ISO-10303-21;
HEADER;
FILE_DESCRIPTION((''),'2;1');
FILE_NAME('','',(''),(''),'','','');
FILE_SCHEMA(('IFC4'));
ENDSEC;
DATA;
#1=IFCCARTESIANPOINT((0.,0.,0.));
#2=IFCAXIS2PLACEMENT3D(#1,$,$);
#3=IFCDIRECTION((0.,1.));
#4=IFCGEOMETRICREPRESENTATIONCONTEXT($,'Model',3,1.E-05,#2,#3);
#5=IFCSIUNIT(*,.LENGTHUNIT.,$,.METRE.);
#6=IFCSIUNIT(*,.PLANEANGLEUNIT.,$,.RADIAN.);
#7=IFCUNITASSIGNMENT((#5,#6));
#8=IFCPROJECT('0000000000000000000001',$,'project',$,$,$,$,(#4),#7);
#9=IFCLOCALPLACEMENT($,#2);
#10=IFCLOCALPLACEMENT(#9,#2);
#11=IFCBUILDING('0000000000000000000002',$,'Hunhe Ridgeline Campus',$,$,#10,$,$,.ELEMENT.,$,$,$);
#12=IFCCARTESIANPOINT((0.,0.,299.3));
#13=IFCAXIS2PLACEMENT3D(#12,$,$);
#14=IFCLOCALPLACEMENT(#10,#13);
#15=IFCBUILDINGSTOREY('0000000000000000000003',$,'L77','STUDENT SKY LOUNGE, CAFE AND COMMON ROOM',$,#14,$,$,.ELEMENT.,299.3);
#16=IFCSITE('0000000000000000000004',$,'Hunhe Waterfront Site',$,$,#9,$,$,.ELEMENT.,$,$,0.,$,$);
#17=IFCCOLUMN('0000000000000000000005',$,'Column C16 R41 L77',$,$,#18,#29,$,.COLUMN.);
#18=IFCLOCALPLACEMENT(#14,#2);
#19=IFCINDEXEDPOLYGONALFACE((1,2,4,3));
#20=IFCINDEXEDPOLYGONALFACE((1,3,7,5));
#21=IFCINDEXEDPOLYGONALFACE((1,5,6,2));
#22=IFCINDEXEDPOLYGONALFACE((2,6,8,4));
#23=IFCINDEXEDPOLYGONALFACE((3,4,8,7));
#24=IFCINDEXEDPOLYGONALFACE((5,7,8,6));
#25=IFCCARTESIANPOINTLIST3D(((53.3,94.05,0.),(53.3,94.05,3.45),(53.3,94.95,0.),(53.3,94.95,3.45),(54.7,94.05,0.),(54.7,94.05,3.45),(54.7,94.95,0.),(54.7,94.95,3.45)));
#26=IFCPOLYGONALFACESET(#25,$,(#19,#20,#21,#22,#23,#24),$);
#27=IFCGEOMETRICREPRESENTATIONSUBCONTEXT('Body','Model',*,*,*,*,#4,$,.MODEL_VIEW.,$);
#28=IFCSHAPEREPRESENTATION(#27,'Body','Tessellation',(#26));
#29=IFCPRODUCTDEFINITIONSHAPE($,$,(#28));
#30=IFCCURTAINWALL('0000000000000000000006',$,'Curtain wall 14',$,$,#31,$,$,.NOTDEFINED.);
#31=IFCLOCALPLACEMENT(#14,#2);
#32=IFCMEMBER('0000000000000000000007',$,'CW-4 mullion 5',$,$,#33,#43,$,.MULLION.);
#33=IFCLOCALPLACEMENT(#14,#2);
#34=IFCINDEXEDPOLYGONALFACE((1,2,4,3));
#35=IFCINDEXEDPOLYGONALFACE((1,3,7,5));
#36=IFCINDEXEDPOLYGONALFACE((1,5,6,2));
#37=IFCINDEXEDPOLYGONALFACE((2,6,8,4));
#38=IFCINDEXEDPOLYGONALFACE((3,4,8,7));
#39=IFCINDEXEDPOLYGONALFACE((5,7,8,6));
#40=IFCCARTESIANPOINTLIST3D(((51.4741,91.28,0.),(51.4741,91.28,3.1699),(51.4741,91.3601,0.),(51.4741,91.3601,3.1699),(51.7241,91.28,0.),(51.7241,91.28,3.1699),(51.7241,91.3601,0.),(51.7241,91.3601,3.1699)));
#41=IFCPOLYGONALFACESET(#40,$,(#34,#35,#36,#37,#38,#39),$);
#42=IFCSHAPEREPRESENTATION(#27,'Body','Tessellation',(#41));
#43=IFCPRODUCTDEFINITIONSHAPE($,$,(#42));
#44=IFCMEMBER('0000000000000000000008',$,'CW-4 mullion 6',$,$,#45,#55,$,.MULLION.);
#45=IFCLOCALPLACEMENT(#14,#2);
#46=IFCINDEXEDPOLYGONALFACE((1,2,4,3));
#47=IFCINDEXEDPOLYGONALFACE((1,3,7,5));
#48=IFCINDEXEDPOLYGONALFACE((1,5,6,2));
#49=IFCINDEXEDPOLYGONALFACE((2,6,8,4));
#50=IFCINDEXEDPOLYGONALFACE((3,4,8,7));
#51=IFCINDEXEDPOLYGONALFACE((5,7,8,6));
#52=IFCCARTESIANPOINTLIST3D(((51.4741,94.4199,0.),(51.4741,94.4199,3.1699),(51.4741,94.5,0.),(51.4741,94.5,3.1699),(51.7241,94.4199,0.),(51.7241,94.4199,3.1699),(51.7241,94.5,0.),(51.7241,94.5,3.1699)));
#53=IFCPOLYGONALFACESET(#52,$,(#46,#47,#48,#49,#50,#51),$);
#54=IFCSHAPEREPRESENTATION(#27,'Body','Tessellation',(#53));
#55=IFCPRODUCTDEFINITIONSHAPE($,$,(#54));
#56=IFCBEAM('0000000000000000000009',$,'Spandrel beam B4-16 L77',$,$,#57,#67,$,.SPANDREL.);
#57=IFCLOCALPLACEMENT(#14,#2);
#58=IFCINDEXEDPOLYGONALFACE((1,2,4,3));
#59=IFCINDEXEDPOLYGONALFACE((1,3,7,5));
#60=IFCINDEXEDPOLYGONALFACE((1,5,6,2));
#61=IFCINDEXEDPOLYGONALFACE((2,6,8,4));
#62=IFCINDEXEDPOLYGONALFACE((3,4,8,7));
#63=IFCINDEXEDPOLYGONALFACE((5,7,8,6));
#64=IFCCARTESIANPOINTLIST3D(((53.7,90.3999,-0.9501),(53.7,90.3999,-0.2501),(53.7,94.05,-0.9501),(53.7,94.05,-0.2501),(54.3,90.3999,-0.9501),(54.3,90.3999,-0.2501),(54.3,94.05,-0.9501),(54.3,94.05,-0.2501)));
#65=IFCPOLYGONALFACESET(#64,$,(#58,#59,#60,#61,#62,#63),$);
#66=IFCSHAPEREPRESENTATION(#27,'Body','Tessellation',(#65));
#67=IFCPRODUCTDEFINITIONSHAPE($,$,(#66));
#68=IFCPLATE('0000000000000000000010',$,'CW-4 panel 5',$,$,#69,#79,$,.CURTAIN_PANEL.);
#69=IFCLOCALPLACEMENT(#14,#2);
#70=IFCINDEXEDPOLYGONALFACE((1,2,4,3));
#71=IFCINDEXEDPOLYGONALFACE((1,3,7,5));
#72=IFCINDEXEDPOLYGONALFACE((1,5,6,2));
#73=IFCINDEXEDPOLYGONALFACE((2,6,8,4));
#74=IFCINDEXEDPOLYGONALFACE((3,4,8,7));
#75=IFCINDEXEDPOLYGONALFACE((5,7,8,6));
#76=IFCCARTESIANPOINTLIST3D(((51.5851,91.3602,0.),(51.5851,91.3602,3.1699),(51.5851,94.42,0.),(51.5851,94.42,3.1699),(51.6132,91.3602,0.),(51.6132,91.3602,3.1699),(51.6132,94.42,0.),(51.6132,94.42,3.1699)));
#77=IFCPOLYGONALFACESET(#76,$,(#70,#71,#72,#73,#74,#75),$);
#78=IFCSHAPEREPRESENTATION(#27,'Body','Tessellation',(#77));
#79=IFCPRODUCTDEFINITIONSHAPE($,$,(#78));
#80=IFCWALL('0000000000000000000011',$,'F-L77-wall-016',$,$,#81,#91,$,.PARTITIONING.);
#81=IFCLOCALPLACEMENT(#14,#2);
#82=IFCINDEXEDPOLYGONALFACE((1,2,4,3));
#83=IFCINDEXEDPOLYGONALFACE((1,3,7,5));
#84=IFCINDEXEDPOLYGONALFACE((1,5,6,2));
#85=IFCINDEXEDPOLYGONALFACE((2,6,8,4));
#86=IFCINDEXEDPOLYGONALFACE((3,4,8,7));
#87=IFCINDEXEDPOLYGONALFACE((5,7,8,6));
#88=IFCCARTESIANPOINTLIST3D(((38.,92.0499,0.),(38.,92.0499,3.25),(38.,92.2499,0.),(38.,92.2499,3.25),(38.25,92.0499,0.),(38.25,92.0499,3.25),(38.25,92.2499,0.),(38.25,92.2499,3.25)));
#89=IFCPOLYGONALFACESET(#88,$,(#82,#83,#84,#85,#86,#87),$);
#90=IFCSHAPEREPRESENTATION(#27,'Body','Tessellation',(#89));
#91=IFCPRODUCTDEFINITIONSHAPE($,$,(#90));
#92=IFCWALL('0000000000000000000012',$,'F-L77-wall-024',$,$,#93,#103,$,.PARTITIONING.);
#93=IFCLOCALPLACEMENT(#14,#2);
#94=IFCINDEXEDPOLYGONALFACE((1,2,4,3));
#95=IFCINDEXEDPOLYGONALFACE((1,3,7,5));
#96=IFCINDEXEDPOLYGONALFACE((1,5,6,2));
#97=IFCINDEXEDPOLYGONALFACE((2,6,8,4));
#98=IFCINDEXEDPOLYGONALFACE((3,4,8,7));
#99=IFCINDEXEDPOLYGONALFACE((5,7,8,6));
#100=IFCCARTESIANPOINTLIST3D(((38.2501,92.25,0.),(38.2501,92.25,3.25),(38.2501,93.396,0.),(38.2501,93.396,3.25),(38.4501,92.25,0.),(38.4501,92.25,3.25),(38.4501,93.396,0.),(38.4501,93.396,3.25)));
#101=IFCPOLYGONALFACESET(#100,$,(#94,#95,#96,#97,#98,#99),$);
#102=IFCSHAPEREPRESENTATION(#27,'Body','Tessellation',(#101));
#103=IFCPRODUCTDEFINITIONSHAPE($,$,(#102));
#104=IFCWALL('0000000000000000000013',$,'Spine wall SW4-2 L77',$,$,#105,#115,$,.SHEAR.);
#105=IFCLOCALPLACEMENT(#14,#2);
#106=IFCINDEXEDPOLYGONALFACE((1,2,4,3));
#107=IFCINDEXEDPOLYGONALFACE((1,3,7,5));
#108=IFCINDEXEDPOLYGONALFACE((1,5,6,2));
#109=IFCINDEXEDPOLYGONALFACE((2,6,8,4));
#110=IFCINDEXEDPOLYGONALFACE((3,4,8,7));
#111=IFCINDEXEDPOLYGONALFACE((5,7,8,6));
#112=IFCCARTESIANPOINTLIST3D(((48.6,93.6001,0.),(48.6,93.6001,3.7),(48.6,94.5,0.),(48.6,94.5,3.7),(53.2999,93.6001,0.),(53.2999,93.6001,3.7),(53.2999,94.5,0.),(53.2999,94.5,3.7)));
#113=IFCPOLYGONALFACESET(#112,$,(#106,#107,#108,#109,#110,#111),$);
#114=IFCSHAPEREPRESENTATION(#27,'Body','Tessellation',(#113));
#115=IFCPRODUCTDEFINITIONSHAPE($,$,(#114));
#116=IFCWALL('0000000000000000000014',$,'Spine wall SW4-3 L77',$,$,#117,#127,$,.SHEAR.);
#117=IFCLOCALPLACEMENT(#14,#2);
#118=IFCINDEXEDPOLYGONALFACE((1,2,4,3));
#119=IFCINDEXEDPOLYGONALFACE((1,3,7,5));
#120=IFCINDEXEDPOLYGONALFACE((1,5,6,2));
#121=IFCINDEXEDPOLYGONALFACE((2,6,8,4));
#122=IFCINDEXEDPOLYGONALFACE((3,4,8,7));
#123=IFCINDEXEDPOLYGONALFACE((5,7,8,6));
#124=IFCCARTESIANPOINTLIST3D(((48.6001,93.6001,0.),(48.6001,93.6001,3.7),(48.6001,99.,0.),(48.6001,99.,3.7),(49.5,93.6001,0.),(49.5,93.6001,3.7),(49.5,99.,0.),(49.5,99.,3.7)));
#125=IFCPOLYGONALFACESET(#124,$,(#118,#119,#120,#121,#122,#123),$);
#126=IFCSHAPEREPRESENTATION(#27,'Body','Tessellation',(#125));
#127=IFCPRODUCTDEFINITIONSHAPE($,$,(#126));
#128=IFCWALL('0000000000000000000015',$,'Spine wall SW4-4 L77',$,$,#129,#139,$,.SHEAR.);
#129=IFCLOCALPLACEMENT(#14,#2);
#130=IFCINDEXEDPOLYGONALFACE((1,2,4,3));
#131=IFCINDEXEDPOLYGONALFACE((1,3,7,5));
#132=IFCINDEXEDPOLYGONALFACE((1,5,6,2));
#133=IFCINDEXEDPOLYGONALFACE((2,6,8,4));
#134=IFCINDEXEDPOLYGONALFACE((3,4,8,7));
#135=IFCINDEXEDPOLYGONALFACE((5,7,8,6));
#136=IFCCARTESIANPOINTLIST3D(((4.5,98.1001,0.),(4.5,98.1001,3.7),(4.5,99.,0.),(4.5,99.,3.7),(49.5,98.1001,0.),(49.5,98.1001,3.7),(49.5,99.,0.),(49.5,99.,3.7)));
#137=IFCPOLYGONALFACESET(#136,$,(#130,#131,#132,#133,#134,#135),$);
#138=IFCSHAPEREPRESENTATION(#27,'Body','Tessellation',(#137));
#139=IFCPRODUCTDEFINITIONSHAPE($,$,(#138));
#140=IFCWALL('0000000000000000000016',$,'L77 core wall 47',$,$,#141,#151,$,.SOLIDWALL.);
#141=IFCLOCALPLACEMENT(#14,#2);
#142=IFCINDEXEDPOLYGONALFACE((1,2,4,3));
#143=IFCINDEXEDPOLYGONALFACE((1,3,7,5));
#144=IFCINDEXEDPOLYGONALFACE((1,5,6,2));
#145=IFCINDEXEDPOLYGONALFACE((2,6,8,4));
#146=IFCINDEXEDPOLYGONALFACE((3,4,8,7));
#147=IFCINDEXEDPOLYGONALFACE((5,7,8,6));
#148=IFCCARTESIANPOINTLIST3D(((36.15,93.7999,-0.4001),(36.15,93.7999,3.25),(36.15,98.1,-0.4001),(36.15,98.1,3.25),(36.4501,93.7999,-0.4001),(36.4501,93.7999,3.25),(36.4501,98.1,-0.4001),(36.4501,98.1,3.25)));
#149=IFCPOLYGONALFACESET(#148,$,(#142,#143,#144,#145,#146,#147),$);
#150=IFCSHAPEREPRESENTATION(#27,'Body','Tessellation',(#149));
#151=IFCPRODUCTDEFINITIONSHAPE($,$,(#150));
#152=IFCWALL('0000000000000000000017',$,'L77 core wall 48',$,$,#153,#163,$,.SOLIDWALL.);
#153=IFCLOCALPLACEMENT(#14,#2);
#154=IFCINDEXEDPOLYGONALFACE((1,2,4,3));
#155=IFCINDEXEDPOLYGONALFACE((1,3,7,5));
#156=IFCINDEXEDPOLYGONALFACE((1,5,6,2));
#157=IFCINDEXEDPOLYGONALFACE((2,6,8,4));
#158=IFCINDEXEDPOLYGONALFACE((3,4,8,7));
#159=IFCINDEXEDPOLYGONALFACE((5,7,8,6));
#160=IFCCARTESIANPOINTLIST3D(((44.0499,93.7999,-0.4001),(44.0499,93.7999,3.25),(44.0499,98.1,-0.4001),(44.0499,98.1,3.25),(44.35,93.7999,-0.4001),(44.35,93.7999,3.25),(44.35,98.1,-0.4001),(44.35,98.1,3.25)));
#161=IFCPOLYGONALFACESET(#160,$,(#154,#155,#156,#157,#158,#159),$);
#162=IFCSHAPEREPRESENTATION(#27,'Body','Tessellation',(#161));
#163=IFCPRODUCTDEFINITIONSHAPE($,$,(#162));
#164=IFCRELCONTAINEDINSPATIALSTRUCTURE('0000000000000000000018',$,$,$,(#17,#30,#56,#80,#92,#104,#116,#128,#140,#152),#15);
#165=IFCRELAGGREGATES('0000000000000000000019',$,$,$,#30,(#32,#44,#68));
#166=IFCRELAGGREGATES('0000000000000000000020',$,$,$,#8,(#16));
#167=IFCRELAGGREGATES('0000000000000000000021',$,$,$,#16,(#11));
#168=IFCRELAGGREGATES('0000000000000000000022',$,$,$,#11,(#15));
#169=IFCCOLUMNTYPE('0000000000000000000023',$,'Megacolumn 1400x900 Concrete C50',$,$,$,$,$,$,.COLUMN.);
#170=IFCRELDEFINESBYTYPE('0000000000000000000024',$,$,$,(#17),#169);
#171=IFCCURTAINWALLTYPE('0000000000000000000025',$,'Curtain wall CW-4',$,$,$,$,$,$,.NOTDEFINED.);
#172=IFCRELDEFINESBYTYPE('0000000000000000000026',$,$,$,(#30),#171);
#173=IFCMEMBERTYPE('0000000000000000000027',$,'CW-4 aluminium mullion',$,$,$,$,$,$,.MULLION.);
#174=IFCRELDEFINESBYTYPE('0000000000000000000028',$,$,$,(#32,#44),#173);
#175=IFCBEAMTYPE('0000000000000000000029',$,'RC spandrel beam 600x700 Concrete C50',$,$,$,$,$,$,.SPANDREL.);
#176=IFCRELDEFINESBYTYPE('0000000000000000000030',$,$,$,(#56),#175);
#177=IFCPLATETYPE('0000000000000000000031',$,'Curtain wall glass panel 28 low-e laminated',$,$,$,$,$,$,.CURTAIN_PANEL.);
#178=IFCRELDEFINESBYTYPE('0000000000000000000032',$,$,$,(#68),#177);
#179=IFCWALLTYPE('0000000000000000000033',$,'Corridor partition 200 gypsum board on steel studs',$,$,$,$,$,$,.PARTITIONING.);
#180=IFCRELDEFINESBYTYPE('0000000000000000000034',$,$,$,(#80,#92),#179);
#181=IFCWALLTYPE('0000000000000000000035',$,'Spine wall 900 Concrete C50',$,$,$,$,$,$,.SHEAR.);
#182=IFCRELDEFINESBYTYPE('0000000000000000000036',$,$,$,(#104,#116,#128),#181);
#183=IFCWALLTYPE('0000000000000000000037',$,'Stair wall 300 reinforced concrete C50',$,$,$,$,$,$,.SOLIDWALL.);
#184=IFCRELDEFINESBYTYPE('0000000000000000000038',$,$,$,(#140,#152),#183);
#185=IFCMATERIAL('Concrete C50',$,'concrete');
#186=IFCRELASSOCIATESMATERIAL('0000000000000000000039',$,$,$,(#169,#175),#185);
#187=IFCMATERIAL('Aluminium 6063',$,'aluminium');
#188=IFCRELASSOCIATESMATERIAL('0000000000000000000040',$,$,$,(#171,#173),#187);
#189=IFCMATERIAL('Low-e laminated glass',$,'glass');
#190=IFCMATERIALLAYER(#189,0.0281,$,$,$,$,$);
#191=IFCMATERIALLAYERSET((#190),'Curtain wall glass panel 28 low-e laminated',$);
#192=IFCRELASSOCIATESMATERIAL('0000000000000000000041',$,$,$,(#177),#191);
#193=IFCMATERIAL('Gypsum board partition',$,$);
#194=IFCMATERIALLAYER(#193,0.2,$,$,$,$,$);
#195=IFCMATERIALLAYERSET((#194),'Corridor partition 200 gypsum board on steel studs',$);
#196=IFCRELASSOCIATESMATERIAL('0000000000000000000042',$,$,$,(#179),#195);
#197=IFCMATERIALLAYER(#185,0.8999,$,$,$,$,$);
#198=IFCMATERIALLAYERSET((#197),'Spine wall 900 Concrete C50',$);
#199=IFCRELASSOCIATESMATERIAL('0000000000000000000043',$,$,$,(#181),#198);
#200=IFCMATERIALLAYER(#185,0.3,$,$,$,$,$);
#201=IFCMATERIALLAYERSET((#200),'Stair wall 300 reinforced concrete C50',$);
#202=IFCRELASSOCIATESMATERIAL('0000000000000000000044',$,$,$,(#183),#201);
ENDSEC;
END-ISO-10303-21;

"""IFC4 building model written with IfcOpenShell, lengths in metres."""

from ifc_helpers import new_model, si_unit, direction, frame, frame_2d, origin, origin_2d, place, context, subcontext, project, spatial, rectangle, extrude, material, layer, layer_set, material_profile, profile_set, type_object, element, aggregate, save


model = new_model("IFC4")

# Units and contexts
model_context = context("Model", 3, precision=1e-05, world=origin(), true_north=direction((0.0, 1.0)))
body_context = subcontext(model_context, "Body", "Model", "MODEL_VIEW")
ifc_project = project(units=[si_unit("LENGTHUNIT", "METRE"), si_unit("PLANEANGLEUNIT", "RADIAN")], contexts=[model_context])

# Site, building, storey
site_placement = place(None, origin())
site = spatial("IfcSite", under=ifc_project, at=site_placement, Name="Hunhe Waterfront Site", CompositionType="ELEMENT", RefElevation=0.0)
building_placement = place(site_placement, origin())
building = spatial("IfcBuilding", under=site, at=building_placement, Name="Hunhe Ridgeline Campus", CompositionType="ELEMENT")
storey_placement = place(building_placement, frame((0.0, 0.0, 299.3)))
storey = spatial("IfcBuildingStorey", under=building, at=storey_placement, Name="L77", Description="STUDENT SKY LOUNGE, CAFE AND COMMON ROOM", CompositionType="ELEMENT", Elevation=299.3)

# Column
ifc_material_1 = material(Name="Concrete C50", Category="concrete")
ifc_material_profile_1 = material_profile(ifc_material_1, rectangle(XDim=1.3999, YDim=0.8999, at=origin_2d()))
ifc_profile_set_1 = profile_set([ifc_material_profile_1], Name="Concrete C50")
column_type = type_object("IfcColumnType", Name="Megacolumn 1400x900 Concrete C50", PredefinedType="COLUMN", material=ifc_profile_set_1)
column_placement = place(storey_placement, frame((54.0, 94.5, 0.0), z_axis=(0.0, 0.0, 1.0), x_axis=(1.0, 0.0, 0.0)))
element("IfcColumn", 1, at=column_placement, inside=storey, type_object=column_type, Name="Column C16 R41 L77", PredefinedType="COLUMN", context=body_context, shape_type="SweptSolid", body=[
    extrude(rectangle(XDim=1.3999, YDim=0.8999, at=origin_2d()), origin(), (0.0, 0.0, 1.0), 3.45),
])

# Curtain wall, members
ifc_material_2 = material(Name="Aluminium 6063", Category="aluminium")
curtain_wall_type = type_object("IfcCurtainWallType", Name="Curtain wall CW-4", PredefinedType="NOTDEFINED", material=ifc_material_2)
curtain_wall_placement = place(storey_placement, origin())
curtain_wall = element("IfcCurtainWall", 2, at=curtain_wall_placement, inside=storey, type_object=curtain_wall_type, Name="Curtain wall 14", PredefinedType="NOTDEFINED")
ifc_material_profile_2 = material_profile(ifc_material_2, rectangle(XDim=0.25, YDim=0.0801, at=origin_2d()))
ifc_profile_set_2 = profile_set([ifc_material_profile_2], Name="Aluminium 6063")
member_type = type_object("IfcMemberType", Name="CW-4 aluminium mullion", PredefinedType="MULLION", material=ifc_profile_set_2)
member_1_placement = place(storey_placement, frame((51.5991, 91.3201, 0.0), z_axis=(0.0, 0.0, 1.0), x_axis=(-1.0, 0.0, 0.0)))
member_1 = element("IfcMember", 3, at=member_1_placement, type_object=member_type, Name="CW-4 mullion 5", PredefinedType="MULLION", context=body_context, shape_type="SweptSolid", body=[
    extrude(rectangle(XDim=0.25, YDim=0.0801, at=origin_2d()), origin(), (0.0, 0.0, 1.0), 3.1699),
])
member_2_placement = place(storey_placement, frame((51.5991, 94.46, 0.0), z_axis=(0.0, 0.0, 1.0), x_axis=(-1.0, 0.0, 0.0)))
member_2 = element("IfcMember", 4, at=member_2_placement, type_object=member_type, Name="CW-4 mullion 6", PredefinedType="MULLION", context=body_context, shape_type="SweptSolid", body=[
    extrude(rectangle(XDim=0.25, YDim=0.0801, at=origin_2d()), origin(), (0.0, 0.0, 1.0), 3.1699),
])

# Beam
ifc_material_profile_3 = material_profile(ifc_material_1, rectangle(XDim=0.6001, YDim=0.7, at=origin_2d()))
ifc_profile_set_3 = profile_set([ifc_material_profile_3], Name="Concrete C50")
beam_type = type_object("IfcBeamType", Name="RC spandrel beam 600x700 Concrete C50", PredefinedType="SPANDREL", material=ifc_profile_set_3)
beam_placement = place(storey_placement, frame((54.0, 90.3999, -0.6001), z_axis=(0.0, 1.0, 0.0), x_axis=(-1.0, 0.0, 0.0)))
element("IfcBeam", 5, at=beam_placement, inside=storey, type_object=beam_type, Name="Spandrel beam B4-16 L77", PredefinedType="SPANDREL", context=body_context, shape_type="SweptSolid", body=[
    extrude(rectangle(XDim=0.6001, YDim=0.7, at=origin_2d()), origin(), (0.0, 0.0, 1.0), 3.6501),
])

# Plate
ifc_material_3 = material(Name="Low-e laminated glass", Category="glass")
ifc_layer_1 = layer(ifc_material_3, 0.0281)
ifc_layer_set_1 = layer_set([ifc_layer_1], Name="Curtain wall glass panel 28 low-e laminated")
plate_type = type_object("IfcPlateType", Name="Curtain wall glass panel 28 low-e laminated", PredefinedType="CURTAIN_PANEL", material=ifc_layer_set_1)
plate_placement = place(storey_placement, frame((51.5991, 92.8901, 0.0), z_axis=(0.0, 0.0, 1.0), x_axis=(0.0, 1.0, 0.0)))
plate = element("IfcPlate", 6, at=plate_placement, type_object=plate_type, Name="CW-4 panel 5", PredefinedType="CURTAIN_PANEL", context=body_context, shape_type="SweptSolid", body=[
    extrude(rectangle(XDim=3.0598, YDim=0.0281, at=origin_2d()), origin(), (0.0, 0.0, 1.0), 3.1699),
])
aggregate(curtain_wall, [member_1, member_2, plate])

# Wall
ifc_material_4 = material(Name="Gypsum board partition")
ifc_layer_2 = layer(ifc_material_4, 0.2)
ifc_layer_set_2 = layer_set([ifc_layer_2], Name="Corridor partition 200 gypsum board on steel studs")
wall_type_1 = type_object("IfcWallType", Name="Corridor partition 200 gypsum board on steel studs", PredefinedType="PARTITIONING", material=ifc_layer_set_2)
wall_1_placement = place(storey_placement, frame((38.25, 92.1499, 0.0), z_axis=(0.0, 0.0, 1.0), x_axis=(-1.0, 0.0, 0.0)))
element("IfcWall", 7, at=wall_1_placement, inside=storey, type_object=wall_type_1, Name="F-L77-wall-016", PredefinedType="PARTITIONING", context=body_context, shape_type="SweptSolid", body=[
    extrude(rectangle(XDim=0.25, YDim=0.2, at=frame_2d((0.125, 0.0))), origin(), (0.0, 0.0, 1.0), 3.25),
])

# Walls
wall_2_placement = place(storey_placement, frame((38.3501, 93.396, 0.0), z_axis=(0.0, 0.0, 1.0), x_axis=(0.0, -1.0, 0.0)))
element("IfcWall", 8, at=wall_2_placement, inside=storey, type_object=wall_type_1, Name="F-L77-wall-024", PredefinedType="PARTITIONING", context=body_context, shape_type="SweptSolid", body=[
    extrude(rectangle(XDim=1.146, YDim=0.2, at=frame_2d((0.573, 0.0))), origin(), (0.0, 0.0, 1.0), 3.25),
])
ifc_layer_3 = layer(ifc_material_1, 0.8999)
ifc_layer_set_3 = layer_set([ifc_layer_3], Name="Spine wall 900 Concrete C50")
wall_type_2 = type_object("IfcWallType", Name="Spine wall 900 Concrete C50", PredefinedType="SHEAR", material=ifc_layer_set_3)
wall_3_placement = place(storey_placement, frame((53.3, 94.05, 0.0), z_axis=(0.0, 0.0, 1.0), x_axis=(-1.0, 0.0, 0.0)))
element("IfcWall", 9, at=wall_3_placement, inside=storey, type_object=wall_type_2, Name="Spine wall SW4-2 L77", PredefinedType="SHEAR", context=body_context, shape_type="SweptSolid", body=[
    extrude(rectangle(XDim=4.7, YDim=0.8999, at=frame_2d((2.3501, 0.0))), origin(), (0.0, 0.0, 1.0), 3.7),
])
wall_4_placement = place(storey_placement, frame((49.05, 93.6001, 0.0), z_axis=(0.0, 0.0, 1.0), x_axis=(0.0, 1.0, 0.0)))
element("IfcWall", 10, at=wall_4_placement, inside=storey, type_object=wall_type_2, Name="Spine wall SW4-3 L77", PredefinedType="SHEAR", context=body_context, shape_type="SweptSolid", body=[
    extrude(rectangle(XDim=5.3999, YDim=0.8999, at=frame_2d((2.7, 0.0))), origin(), (0.0, 0.0, 1.0), 3.7),
])
wall_5_placement = place(storey_placement, frame((49.5, 98.55, 0.0), z_axis=(0.0, 0.0, 1.0), x_axis=(-1.0, 0.0, 0.0)))
element("IfcWall", 11, at=wall_5_placement, inside=storey, type_object=wall_type_2, Name="Spine wall SW4-4 L77", PredefinedType="SHEAR", context=body_context, shape_type="SweptSolid", body=[
    extrude(rectangle(XDim=45.0, YDim=0.8999, at=frame_2d((22.5, 0.0))), origin(), (0.0, 0.0, 1.0), 3.7),
])

# Shared definitions
ifc_layer_4 = layer(ifc_material_1, 0.3)
ifc_layer_set_4 = layer_set([ifc_layer_4], Name="Stair wall 300 reinforced concrete C50")
wall_type_3 = type_object("IfcWallType", Name="Stair wall 300 reinforced concrete C50", PredefinedType="SOLIDWALL", material=ifc_layer_set_4)

# Walls
for number, where, z_axis, x_axis, name in (
    (12, (36.3, 93.8, -0.4001), (0.0, 0.0, 1.0), (0.0, 1.0, 0.0), "L77 core wall 47"),
    (13, (44.2, 93.8, -0.4001), (0.0, 0.0, 1.0), (0.0, 1.0, 0.0), "L77 core wall 48"),
):
    element("IfcWall", number, at=place(storey_placement, frame(where, z_axis=z_axis, x_axis=x_axis)), inside=storey, type_object=wall_type_3, Name=name, PredefinedType="SOLIDWALL", context=body_context, shape_type="SweptSolid", body=[
        extrude(rectangle(XDim=4.3, YDim=0.3, at=frame_2d((2.1499, 0.0))), origin(), (0.0, 0.0, 1.0), 3.6501),
    ])

save(model, "model.ifc")
